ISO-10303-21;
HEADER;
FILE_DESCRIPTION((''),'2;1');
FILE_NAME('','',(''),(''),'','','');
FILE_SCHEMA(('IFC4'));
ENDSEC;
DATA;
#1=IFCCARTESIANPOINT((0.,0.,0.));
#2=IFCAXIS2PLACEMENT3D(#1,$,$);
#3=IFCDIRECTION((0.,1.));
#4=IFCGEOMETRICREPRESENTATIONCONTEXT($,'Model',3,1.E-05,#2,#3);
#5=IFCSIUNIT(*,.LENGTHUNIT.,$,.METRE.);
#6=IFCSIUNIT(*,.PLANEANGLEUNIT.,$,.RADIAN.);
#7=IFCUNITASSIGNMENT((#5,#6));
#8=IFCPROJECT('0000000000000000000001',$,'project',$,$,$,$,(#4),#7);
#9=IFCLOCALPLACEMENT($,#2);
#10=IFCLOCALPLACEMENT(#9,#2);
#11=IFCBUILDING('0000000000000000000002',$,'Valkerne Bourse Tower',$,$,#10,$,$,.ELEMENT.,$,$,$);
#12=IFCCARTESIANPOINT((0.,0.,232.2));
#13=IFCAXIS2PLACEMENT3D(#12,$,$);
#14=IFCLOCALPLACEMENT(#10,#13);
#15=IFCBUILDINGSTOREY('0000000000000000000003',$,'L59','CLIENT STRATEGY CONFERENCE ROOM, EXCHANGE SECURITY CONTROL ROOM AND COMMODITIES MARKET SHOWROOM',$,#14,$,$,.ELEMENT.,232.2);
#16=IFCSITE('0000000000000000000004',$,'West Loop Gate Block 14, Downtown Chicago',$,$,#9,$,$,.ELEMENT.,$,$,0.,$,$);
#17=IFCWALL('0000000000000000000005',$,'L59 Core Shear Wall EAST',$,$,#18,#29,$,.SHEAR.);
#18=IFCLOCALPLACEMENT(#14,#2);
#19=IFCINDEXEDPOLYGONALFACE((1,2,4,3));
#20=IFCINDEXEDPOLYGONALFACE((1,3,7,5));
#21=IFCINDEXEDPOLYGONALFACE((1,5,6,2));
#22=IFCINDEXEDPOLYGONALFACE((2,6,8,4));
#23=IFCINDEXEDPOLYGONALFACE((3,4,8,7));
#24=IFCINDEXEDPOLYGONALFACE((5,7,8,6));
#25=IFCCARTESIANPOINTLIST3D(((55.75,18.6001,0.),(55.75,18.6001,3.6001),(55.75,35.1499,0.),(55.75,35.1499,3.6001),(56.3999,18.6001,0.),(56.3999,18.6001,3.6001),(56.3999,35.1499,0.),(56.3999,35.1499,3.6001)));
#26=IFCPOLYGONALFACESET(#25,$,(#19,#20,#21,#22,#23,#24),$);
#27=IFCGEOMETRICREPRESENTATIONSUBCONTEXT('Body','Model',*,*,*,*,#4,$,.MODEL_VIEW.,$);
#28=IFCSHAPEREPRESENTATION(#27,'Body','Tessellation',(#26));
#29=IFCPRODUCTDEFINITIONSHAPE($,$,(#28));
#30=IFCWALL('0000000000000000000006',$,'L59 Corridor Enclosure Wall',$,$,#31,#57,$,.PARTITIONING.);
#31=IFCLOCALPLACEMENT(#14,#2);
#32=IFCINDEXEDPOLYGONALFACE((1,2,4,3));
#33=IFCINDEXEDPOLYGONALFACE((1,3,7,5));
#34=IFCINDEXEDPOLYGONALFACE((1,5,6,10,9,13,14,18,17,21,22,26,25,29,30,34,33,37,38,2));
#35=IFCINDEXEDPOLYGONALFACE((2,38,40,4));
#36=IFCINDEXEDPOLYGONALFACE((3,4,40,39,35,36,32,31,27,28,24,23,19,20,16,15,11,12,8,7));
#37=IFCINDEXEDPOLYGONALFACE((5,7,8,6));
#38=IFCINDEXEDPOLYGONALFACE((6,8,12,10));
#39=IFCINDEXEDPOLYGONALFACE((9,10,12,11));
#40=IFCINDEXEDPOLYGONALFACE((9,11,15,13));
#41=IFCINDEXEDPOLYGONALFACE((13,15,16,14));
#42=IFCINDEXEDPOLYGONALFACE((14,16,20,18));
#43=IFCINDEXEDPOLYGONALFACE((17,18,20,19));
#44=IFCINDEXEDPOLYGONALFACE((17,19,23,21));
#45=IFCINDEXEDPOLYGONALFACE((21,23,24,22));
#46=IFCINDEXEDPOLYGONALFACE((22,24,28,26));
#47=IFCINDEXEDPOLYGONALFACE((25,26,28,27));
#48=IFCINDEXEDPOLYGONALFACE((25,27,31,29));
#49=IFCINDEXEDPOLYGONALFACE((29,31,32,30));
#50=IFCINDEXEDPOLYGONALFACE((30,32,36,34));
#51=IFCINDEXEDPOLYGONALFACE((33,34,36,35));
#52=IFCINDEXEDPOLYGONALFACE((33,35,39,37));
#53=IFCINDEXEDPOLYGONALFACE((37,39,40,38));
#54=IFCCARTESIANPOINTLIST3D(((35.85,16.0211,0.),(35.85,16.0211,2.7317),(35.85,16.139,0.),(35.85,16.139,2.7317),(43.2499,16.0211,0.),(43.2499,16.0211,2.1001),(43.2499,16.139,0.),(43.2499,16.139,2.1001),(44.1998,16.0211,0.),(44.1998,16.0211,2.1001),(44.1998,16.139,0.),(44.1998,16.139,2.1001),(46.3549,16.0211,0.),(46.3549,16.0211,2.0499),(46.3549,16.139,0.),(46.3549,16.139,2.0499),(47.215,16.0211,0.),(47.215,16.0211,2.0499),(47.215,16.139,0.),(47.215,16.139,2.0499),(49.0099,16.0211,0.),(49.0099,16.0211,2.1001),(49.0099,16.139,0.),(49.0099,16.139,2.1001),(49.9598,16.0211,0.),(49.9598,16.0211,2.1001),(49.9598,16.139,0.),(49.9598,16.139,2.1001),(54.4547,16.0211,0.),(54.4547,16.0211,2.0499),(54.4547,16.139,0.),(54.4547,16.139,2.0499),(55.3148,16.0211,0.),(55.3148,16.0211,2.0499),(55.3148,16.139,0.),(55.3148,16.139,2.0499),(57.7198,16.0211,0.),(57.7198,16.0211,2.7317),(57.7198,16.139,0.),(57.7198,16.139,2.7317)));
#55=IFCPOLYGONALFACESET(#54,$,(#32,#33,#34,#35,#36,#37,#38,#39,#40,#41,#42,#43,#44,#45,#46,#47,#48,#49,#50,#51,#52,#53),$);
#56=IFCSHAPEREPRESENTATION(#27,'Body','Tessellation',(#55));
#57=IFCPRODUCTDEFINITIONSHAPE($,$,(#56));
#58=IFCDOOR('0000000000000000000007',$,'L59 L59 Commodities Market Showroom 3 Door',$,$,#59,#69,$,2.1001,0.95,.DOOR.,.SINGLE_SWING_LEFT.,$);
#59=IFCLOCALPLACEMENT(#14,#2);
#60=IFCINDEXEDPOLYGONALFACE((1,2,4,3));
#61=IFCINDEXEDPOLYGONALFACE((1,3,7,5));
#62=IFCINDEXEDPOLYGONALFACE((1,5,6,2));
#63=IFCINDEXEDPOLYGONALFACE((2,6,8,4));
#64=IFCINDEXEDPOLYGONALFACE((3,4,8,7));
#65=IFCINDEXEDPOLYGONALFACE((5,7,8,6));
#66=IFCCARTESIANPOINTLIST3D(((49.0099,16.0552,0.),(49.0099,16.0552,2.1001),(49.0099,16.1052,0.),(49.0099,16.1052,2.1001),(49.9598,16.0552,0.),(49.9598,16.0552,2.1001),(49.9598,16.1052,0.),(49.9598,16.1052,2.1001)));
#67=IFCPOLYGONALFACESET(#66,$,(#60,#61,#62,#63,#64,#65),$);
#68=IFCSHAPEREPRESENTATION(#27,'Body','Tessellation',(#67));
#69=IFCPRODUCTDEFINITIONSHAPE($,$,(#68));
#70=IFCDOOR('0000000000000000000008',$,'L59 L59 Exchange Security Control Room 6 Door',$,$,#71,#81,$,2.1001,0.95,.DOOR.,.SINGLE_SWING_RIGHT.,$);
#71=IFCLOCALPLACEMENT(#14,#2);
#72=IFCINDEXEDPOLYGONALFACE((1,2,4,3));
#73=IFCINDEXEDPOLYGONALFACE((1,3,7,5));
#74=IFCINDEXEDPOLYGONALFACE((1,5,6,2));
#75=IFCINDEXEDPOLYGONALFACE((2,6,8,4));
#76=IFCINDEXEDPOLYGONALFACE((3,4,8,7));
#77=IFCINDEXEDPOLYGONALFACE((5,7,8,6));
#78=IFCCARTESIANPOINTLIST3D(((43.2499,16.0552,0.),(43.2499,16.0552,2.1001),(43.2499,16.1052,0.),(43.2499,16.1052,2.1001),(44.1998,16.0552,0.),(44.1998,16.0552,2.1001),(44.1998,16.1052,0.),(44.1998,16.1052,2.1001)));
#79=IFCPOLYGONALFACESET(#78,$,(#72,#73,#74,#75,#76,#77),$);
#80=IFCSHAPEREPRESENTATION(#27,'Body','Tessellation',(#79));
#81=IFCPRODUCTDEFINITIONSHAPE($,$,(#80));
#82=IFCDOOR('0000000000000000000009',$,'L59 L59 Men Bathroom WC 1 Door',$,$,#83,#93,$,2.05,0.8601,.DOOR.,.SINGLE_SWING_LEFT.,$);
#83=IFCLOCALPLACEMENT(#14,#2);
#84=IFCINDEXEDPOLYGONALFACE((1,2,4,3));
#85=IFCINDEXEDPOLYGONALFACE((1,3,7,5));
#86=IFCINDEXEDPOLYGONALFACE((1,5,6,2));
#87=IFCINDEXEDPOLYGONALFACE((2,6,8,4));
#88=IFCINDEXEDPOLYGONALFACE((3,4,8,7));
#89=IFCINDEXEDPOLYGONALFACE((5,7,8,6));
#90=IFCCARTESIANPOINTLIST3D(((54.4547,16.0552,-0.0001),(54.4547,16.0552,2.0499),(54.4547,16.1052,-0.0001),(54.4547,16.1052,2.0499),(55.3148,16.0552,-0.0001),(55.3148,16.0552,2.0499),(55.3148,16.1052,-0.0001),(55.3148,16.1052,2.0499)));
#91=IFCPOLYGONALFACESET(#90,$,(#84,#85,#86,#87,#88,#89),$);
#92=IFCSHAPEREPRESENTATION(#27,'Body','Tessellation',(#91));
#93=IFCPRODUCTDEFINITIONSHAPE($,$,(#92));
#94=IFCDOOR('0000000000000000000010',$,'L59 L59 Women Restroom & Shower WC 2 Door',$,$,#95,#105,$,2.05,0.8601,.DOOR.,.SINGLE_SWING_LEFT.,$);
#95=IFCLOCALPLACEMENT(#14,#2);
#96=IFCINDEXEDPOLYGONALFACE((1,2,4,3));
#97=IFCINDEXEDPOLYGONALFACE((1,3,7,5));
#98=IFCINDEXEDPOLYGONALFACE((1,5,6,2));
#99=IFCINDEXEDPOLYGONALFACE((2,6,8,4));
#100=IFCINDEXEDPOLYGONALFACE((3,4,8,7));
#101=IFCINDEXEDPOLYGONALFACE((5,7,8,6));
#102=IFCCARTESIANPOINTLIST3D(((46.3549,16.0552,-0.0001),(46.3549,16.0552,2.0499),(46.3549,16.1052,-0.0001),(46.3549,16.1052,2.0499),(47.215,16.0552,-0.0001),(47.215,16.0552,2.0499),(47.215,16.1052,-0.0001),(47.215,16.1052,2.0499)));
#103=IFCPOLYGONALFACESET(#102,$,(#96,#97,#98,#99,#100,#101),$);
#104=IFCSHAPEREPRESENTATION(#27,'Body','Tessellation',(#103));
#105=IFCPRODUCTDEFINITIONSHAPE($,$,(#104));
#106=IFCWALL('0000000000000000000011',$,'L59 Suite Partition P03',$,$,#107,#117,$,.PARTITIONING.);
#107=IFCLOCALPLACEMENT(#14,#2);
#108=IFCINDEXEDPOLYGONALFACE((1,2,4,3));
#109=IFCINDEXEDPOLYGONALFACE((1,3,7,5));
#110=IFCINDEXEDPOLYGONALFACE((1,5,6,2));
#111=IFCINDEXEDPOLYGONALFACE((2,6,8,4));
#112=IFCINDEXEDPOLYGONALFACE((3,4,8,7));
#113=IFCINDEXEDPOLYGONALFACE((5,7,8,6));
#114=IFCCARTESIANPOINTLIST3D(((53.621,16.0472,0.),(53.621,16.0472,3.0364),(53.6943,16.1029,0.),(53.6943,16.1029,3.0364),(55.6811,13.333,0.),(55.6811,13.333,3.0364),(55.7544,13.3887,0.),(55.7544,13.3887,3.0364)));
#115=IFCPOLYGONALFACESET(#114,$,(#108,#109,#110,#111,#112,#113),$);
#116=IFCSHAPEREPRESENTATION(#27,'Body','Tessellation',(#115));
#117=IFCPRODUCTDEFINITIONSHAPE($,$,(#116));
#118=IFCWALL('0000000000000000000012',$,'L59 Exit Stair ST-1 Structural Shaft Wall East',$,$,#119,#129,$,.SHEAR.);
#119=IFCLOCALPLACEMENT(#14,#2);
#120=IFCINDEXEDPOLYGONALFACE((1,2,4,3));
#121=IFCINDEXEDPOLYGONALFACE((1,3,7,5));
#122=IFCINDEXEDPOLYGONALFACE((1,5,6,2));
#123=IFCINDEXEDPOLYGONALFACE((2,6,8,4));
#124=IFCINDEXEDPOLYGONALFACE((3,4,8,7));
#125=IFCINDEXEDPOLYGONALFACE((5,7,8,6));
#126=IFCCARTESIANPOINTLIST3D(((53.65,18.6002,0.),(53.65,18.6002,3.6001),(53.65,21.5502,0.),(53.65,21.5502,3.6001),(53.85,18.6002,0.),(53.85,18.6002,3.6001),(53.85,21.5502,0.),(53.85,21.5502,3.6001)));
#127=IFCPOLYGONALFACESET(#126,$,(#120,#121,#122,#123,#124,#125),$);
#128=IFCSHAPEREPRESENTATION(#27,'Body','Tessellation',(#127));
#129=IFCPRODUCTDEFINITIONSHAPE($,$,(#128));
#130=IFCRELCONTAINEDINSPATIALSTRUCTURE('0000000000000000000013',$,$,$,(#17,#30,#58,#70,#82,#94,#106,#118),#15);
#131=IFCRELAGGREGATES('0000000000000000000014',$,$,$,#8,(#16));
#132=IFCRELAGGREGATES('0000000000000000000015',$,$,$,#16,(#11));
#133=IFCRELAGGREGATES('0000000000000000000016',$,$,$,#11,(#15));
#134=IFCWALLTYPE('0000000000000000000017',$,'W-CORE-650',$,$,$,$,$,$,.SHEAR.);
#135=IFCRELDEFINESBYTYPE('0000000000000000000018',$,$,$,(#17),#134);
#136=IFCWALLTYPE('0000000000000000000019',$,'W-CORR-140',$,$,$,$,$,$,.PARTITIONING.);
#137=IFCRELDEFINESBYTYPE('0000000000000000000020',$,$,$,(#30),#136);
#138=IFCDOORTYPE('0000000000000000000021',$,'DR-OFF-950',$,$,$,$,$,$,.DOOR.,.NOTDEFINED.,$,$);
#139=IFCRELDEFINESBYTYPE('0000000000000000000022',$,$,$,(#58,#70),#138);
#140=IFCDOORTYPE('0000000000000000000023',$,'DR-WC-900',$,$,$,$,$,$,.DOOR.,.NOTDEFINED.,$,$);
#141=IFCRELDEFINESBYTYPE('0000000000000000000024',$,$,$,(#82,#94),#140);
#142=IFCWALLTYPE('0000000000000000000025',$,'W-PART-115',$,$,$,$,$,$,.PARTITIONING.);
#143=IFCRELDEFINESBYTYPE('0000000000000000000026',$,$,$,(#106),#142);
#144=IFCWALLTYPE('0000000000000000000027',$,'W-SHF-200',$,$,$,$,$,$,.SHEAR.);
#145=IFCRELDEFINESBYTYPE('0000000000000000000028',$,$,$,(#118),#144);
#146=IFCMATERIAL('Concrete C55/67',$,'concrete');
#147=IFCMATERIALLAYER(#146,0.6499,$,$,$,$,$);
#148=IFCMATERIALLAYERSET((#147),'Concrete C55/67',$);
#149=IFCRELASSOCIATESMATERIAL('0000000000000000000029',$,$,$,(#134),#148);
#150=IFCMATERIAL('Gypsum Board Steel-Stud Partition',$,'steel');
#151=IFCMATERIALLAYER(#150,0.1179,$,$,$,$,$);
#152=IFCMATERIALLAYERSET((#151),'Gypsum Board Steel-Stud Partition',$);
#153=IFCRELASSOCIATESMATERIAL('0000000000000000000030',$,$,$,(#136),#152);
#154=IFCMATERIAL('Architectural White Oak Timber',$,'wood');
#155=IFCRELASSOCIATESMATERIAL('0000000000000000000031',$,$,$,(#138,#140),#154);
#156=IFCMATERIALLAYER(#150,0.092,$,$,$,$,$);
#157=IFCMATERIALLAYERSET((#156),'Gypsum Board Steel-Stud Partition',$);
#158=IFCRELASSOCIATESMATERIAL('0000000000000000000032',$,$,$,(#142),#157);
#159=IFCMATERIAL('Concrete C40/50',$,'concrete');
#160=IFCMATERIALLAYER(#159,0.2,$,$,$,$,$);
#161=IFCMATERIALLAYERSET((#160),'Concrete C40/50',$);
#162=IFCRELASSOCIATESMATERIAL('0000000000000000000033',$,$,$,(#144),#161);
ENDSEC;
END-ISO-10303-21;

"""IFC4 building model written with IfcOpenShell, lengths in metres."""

from ifc_helpers import new_model, si_unit, direction, frame, frame_2d, origin, place, context, subcontext, project, spatial, rectangle, extrude, material, layer, layer_set, type_object, element, fill, save


model = new_model("IFC4")

# Units and contexts
model_context = context("Model", 3, precision=1e-05, world=origin(), true_north=direction((0.0, 1.0)))
body_context = subcontext(model_context, "Body", "Model", "MODEL_VIEW")
ifc_project = project(units=[si_unit("LENGTHUNIT", "METRE"), si_unit("PLANEANGLEUNIT", "RADIAN")], contexts=[model_context])

# Site, building, storey
site_placement = place(None, origin())
site = spatial("IfcSite", under=ifc_project, at=site_placement, Name="West Loop Gate Block 14, Downtown Chicago", CompositionType="ELEMENT", RefElevation=0.0)
building_placement = place(site_placement, origin())
building = spatial("IfcBuilding", under=site, at=building_placement, Name="Valkerne Bourse Tower", CompositionType="ELEMENT")
storey_placement = place(building_placement, frame((0.0, 0.0, 232.2)))
storey = spatial("IfcBuildingStorey", under=building, at=storey_placement, Name="L59", Description="CLIENT STRATEGY CONFERENCE ROOM, EXCHANGE SECURITY CONTROL ROOM AND COMMODITIES MARKET SHOWROOM", CompositionType="ELEMENT", Elevation=232.2)

# Wall
ifc_material_1 = material(Name="Concrete C55/67", Category="concrete")
ifc_layer_1 = layer(ifc_material_1, 0.6499)
ifc_layer_set_1 = layer_set([ifc_layer_1], Name="Concrete C55/67")
wall_type_1 = type_object("IfcWallType", Name="W-CORE-650", PredefinedType="SHEAR", material=ifc_layer_set_1)
wall_1_placement = place(storey_placement, frame((56.075, 18.6001, 0.0), z_axis=(0.0, 0.0, 1.0), x_axis=(0.0, 1.0, 0.0)))
element("IfcWall", 1, at=wall_1_placement, inside=storey, type_object=wall_type_1, Name="L59 Core Shear Wall EAST", PredefinedType="SHEAR", context=body_context, shape_type="SweptSolid", body=[
    extrude(rectangle(XDim=16.5498, YDim=0.6499, at=frame_2d((8.2749, 0.0))), origin(), (0.0, 0.0, 1.0), 3.6001),
])

# Wall, openings, doors
ifc_material_2 = material(Name="Gypsum Board Steel-Stud Partition", Category="steel")
ifc_layer_2 = layer(ifc_material_2, 0.1179)
ifc_layer_set_2 = layer_set([ifc_layer_2], Name="Gypsum Board Steel-Stud Partition")
wall_type_2 = type_object("IfcWallType", Name="W-CORR-140", PredefinedType="PARTITIONING", material=ifc_layer_set_2)
wall_2_placement = place(storey_placement, frame((57.72, 16.0801, 0.0), z_axis=(0.0, 0.0, 1.0), x_axis=(-1.0, 0.0, 0.0)))
wall_2 = element("IfcWall", 2, at=wall_2_placement, inside=storey, type_object=wall_type_2, Name="L59 Corridor Enclosure Wall", PredefinedType="PARTITIONING", context=body_context, shape_type="SweptSolid", body=[
    extrude(rectangle(XDim=21.8699, YDim=0.1179, at=frame_2d((10.9351, 0.0))), origin(), (0.0, 0.0, 1.0), 2.7317),
])
opening_1_placement = place(wall_2_placement, frame((2.405, 0.0, 0.0)))
opening_1 = element("IfcOpeningElement", 3, at=opening_1_placement, cuts=wall_2, PredefinedType="OPENING", context=body_context, shape_type="SweptSolid", body=[
    extrude(rectangle(XDim=0.8601, YDim=2.05, at=frame_2d((0.4302, 1.0249))), frame((0.0, 0.0688, 0.0), z_axis=(0.0, -1.0, 0.0), x_axis=(1.0, 0.0, 0.0)), (0.0, 0.0, 1.0), 0.1379),
])
opening_2_placement = place(wall_2_placement, frame((10.5049, 0.0, 0.0)))
opening_2 = element("IfcOpeningElement", 4, at=opening_2_placement, cuts=wall_2, PredefinedType="OPENING", context=body_context, shape_type="SweptSolid", body=[
    extrude(rectangle(XDim=0.8601, YDim=2.05, at=frame_2d((0.4302, 1.0249))), frame((0.0, 0.0688, 0.0), z_axis=(0.0, -1.0, 0.0), x_axis=(1.0, 0.0, 0.0)), (0.0, 0.0, 1.0), 0.1379),
])
opening_3_placement = place(wall_2_placement, frame((7.76, 0.0, 0.0)))
opening_3 = element("IfcOpeningElement", 5, at=opening_3_placement, cuts=wall_2, PredefinedType="OPENING", context=body_context, shape_type="SweptSolid", body=[
    extrude(rectangle(XDim=0.95, YDim=2.1001, at=frame_2d((0.4751, 1.05))), frame((0.0, 0.0688, 0.0), z_axis=(0.0, -1.0, 0.0), x_axis=(1.0, 0.0, 0.0)), (0.0, 0.0, 1.0), 0.1379),
])
opening_4_placement = place(wall_2_placement, frame((13.52, 0.0, 0.0)))
opening_4 = element("IfcOpeningElement", 6, at=opening_4_placement, cuts=wall_2, PredefinedType="OPENING", context=body_context, shape_type="SweptSolid", body=[
    extrude(rectangle(XDim=0.95, YDim=2.1001, at=frame_2d((0.4751, 1.05))), frame((0.0, 0.0688, 0.0), z_axis=(0.0, -1.0, 0.0), x_axis=(1.0, 0.0, 0.0)), (0.0, 0.0, 1.0), 0.1379),
])
ifc_material_3 = material(Name="Architectural White Oak Timber", Category="wood")
door_type_1 = type_object("IfcDoorType", Name="DR-OFF-950", OperationType="NOTDEFINED", PredefinedType="DOOR", material=ifc_material_3)
door_1_placement = place(opening_3_placement, origin())
door_1 = element("IfcDoor", 7, at=door_1_placement, inside=storey, type_object=door_type_1, Name="L59 L59 Commodities Market Showroom 3 Door", OperationType="SINGLE_SWING_LEFT", OverallHeight=2.1001, OverallWidth=0.95, PredefinedType="DOOR", context=body_context, shape_type="SweptSolid", body=[
    extrude(rectangle(XDim=0.95, YDim=2.1001, at=frame_2d((0.4751, 1.05))), frame((0.0, 0.0249, 0.0), z_axis=(0.0, -1.0, 0.0), x_axis=(1.0, 0.0, 0.0)), (0.0, 0.0, 1.0), 0.05),
])
fill(opening_3, door_1)
door_2_placement = place(opening_4_placement, origin())
door_2 = element("IfcDoor", 8, at=door_2_placement, inside=storey, type_object=door_type_1, Name="L59 L59 Exchange Security Control Room 6 Door", OperationType="SINGLE_SWING_RIGHT", OverallHeight=2.1001, OverallWidth=0.95, PredefinedType="DOOR", context=body_context, shape_type="SweptSolid", body=[
    extrude(rectangle(XDim=0.95, YDim=2.1001, at=frame_2d((0.4751, 1.05))), frame((0.0, 0.0249, 0.0), z_axis=(0.0, -1.0, 0.0), x_axis=(1.0, 0.0, 0.0)), (0.0, 0.0, 1.0), 0.05),
])
fill(opening_4, door_2)
door_type_2 = type_object("IfcDoorType", Name="DR-WC-900", OperationType="NOTDEFINED", PredefinedType="DOOR", material=ifc_material_3)
door_3_placement = place(opening_1_placement, origin())
door_3 = element("IfcDoor", 9, at=door_3_placement, inside=storey, type_object=door_type_2, Name="L59 L59 Men Bathroom WC 1 Door", OperationType="SINGLE_SWING_LEFT", OverallHeight=2.05, OverallWidth=0.8601, PredefinedType="DOOR", context=body_context, shape_type="SweptSolid", body=[
    extrude(rectangle(XDim=0.8601, YDim=2.05, at=frame_2d((0.4302, 1.0249))), frame((0.0, 0.0249, 0.0), z_axis=(0.0, -1.0, 0.0), x_axis=(1.0, 0.0, 0.0)), (0.0, 0.0, 1.0), 0.05),
])
fill(opening_1, door_3)
door_4_placement = place(opening_2_placement, origin())
door_4 = element("IfcDoor", 10, at=door_4_placement, inside=storey, type_object=door_type_2, Name="L59 L59 Women Restroom & Shower WC 2 Door", OperationType="SINGLE_SWING_LEFT", OverallHeight=2.05, OverallWidth=0.8601, PredefinedType="DOOR", context=body_context, shape_type="SweptSolid", body=[
    extrude(rectangle(XDim=0.8601, YDim=2.05, at=frame_2d((0.4302, 1.0249))), frame((0.0, 0.0249, 0.0), z_axis=(0.0, -1.0, 0.0), x_axis=(1.0, 0.0, 0.0)), (0.0, 0.0, 1.0), 0.05),
])
fill(opening_2, door_4)

# Walls
ifc_layer_3 = layer(ifc_material_2, 0.092)
ifc_layer_set_3 = layer_set([ifc_layer_3], Name="Gypsum Board Steel-Stud Partition")
wall_type_3 = type_object("IfcWallType", Name="W-PART-115", PredefinedType="PARTITIONING", material=ifc_layer_set_3)
wall_3_placement = place(storey_placement, frame((53.6577, 16.075, 0.0), z_axis=(0.0, 0.0, 1.0), x_axis=(0.604587, -0.796539, 0.0)))
element("IfcWall", 11, at=wall_3_placement, inside=storey, type_object=wall_type_3, Name="L59 Suite Partition P03", PredefinedType="PARTITIONING", context=body_context, shape_type="SweptSolid", body=[
    extrude(rectangle(XDim=3.4075, YDim=0.092, at=frame_2d((1.7036, 0.0))), origin(), (0.0, 0.0, 1.0), 3.0364),
])
ifc_material_4 = material(Name="Concrete C40/50", Category="concrete")
ifc_layer_4 = layer(ifc_material_4, 0.2)
ifc_layer_set_4 = layer_set([ifc_layer_4], Name="Concrete C40/50")
wall_type_4 = type_object("IfcWallType", Name="W-SHF-200", PredefinedType="SHEAR", material=ifc_layer_set_4)
wall_4_placement = place(storey_placement, frame((53.75, 18.6001, 0.0), z_axis=(0.0, 0.0, 1.0), x_axis=(0.0, 1.0, 0.0)))
element("IfcWall", 12, at=wall_4_placement, inside=storey, type_object=wall_type_4, Name="L59 Exit Stair ST-1 Structural Shaft Wall East", PredefinedType="SHEAR", context=body_context, shape_type="SweptSolid", body=[
    extrude(rectangle(XDim=2.95, YDim=0.2, at=frame_2d((1.4751, 0.0))), origin(), (0.0, 0.0, 1.0), 3.6001),
])

save(model, "model.ifc")
